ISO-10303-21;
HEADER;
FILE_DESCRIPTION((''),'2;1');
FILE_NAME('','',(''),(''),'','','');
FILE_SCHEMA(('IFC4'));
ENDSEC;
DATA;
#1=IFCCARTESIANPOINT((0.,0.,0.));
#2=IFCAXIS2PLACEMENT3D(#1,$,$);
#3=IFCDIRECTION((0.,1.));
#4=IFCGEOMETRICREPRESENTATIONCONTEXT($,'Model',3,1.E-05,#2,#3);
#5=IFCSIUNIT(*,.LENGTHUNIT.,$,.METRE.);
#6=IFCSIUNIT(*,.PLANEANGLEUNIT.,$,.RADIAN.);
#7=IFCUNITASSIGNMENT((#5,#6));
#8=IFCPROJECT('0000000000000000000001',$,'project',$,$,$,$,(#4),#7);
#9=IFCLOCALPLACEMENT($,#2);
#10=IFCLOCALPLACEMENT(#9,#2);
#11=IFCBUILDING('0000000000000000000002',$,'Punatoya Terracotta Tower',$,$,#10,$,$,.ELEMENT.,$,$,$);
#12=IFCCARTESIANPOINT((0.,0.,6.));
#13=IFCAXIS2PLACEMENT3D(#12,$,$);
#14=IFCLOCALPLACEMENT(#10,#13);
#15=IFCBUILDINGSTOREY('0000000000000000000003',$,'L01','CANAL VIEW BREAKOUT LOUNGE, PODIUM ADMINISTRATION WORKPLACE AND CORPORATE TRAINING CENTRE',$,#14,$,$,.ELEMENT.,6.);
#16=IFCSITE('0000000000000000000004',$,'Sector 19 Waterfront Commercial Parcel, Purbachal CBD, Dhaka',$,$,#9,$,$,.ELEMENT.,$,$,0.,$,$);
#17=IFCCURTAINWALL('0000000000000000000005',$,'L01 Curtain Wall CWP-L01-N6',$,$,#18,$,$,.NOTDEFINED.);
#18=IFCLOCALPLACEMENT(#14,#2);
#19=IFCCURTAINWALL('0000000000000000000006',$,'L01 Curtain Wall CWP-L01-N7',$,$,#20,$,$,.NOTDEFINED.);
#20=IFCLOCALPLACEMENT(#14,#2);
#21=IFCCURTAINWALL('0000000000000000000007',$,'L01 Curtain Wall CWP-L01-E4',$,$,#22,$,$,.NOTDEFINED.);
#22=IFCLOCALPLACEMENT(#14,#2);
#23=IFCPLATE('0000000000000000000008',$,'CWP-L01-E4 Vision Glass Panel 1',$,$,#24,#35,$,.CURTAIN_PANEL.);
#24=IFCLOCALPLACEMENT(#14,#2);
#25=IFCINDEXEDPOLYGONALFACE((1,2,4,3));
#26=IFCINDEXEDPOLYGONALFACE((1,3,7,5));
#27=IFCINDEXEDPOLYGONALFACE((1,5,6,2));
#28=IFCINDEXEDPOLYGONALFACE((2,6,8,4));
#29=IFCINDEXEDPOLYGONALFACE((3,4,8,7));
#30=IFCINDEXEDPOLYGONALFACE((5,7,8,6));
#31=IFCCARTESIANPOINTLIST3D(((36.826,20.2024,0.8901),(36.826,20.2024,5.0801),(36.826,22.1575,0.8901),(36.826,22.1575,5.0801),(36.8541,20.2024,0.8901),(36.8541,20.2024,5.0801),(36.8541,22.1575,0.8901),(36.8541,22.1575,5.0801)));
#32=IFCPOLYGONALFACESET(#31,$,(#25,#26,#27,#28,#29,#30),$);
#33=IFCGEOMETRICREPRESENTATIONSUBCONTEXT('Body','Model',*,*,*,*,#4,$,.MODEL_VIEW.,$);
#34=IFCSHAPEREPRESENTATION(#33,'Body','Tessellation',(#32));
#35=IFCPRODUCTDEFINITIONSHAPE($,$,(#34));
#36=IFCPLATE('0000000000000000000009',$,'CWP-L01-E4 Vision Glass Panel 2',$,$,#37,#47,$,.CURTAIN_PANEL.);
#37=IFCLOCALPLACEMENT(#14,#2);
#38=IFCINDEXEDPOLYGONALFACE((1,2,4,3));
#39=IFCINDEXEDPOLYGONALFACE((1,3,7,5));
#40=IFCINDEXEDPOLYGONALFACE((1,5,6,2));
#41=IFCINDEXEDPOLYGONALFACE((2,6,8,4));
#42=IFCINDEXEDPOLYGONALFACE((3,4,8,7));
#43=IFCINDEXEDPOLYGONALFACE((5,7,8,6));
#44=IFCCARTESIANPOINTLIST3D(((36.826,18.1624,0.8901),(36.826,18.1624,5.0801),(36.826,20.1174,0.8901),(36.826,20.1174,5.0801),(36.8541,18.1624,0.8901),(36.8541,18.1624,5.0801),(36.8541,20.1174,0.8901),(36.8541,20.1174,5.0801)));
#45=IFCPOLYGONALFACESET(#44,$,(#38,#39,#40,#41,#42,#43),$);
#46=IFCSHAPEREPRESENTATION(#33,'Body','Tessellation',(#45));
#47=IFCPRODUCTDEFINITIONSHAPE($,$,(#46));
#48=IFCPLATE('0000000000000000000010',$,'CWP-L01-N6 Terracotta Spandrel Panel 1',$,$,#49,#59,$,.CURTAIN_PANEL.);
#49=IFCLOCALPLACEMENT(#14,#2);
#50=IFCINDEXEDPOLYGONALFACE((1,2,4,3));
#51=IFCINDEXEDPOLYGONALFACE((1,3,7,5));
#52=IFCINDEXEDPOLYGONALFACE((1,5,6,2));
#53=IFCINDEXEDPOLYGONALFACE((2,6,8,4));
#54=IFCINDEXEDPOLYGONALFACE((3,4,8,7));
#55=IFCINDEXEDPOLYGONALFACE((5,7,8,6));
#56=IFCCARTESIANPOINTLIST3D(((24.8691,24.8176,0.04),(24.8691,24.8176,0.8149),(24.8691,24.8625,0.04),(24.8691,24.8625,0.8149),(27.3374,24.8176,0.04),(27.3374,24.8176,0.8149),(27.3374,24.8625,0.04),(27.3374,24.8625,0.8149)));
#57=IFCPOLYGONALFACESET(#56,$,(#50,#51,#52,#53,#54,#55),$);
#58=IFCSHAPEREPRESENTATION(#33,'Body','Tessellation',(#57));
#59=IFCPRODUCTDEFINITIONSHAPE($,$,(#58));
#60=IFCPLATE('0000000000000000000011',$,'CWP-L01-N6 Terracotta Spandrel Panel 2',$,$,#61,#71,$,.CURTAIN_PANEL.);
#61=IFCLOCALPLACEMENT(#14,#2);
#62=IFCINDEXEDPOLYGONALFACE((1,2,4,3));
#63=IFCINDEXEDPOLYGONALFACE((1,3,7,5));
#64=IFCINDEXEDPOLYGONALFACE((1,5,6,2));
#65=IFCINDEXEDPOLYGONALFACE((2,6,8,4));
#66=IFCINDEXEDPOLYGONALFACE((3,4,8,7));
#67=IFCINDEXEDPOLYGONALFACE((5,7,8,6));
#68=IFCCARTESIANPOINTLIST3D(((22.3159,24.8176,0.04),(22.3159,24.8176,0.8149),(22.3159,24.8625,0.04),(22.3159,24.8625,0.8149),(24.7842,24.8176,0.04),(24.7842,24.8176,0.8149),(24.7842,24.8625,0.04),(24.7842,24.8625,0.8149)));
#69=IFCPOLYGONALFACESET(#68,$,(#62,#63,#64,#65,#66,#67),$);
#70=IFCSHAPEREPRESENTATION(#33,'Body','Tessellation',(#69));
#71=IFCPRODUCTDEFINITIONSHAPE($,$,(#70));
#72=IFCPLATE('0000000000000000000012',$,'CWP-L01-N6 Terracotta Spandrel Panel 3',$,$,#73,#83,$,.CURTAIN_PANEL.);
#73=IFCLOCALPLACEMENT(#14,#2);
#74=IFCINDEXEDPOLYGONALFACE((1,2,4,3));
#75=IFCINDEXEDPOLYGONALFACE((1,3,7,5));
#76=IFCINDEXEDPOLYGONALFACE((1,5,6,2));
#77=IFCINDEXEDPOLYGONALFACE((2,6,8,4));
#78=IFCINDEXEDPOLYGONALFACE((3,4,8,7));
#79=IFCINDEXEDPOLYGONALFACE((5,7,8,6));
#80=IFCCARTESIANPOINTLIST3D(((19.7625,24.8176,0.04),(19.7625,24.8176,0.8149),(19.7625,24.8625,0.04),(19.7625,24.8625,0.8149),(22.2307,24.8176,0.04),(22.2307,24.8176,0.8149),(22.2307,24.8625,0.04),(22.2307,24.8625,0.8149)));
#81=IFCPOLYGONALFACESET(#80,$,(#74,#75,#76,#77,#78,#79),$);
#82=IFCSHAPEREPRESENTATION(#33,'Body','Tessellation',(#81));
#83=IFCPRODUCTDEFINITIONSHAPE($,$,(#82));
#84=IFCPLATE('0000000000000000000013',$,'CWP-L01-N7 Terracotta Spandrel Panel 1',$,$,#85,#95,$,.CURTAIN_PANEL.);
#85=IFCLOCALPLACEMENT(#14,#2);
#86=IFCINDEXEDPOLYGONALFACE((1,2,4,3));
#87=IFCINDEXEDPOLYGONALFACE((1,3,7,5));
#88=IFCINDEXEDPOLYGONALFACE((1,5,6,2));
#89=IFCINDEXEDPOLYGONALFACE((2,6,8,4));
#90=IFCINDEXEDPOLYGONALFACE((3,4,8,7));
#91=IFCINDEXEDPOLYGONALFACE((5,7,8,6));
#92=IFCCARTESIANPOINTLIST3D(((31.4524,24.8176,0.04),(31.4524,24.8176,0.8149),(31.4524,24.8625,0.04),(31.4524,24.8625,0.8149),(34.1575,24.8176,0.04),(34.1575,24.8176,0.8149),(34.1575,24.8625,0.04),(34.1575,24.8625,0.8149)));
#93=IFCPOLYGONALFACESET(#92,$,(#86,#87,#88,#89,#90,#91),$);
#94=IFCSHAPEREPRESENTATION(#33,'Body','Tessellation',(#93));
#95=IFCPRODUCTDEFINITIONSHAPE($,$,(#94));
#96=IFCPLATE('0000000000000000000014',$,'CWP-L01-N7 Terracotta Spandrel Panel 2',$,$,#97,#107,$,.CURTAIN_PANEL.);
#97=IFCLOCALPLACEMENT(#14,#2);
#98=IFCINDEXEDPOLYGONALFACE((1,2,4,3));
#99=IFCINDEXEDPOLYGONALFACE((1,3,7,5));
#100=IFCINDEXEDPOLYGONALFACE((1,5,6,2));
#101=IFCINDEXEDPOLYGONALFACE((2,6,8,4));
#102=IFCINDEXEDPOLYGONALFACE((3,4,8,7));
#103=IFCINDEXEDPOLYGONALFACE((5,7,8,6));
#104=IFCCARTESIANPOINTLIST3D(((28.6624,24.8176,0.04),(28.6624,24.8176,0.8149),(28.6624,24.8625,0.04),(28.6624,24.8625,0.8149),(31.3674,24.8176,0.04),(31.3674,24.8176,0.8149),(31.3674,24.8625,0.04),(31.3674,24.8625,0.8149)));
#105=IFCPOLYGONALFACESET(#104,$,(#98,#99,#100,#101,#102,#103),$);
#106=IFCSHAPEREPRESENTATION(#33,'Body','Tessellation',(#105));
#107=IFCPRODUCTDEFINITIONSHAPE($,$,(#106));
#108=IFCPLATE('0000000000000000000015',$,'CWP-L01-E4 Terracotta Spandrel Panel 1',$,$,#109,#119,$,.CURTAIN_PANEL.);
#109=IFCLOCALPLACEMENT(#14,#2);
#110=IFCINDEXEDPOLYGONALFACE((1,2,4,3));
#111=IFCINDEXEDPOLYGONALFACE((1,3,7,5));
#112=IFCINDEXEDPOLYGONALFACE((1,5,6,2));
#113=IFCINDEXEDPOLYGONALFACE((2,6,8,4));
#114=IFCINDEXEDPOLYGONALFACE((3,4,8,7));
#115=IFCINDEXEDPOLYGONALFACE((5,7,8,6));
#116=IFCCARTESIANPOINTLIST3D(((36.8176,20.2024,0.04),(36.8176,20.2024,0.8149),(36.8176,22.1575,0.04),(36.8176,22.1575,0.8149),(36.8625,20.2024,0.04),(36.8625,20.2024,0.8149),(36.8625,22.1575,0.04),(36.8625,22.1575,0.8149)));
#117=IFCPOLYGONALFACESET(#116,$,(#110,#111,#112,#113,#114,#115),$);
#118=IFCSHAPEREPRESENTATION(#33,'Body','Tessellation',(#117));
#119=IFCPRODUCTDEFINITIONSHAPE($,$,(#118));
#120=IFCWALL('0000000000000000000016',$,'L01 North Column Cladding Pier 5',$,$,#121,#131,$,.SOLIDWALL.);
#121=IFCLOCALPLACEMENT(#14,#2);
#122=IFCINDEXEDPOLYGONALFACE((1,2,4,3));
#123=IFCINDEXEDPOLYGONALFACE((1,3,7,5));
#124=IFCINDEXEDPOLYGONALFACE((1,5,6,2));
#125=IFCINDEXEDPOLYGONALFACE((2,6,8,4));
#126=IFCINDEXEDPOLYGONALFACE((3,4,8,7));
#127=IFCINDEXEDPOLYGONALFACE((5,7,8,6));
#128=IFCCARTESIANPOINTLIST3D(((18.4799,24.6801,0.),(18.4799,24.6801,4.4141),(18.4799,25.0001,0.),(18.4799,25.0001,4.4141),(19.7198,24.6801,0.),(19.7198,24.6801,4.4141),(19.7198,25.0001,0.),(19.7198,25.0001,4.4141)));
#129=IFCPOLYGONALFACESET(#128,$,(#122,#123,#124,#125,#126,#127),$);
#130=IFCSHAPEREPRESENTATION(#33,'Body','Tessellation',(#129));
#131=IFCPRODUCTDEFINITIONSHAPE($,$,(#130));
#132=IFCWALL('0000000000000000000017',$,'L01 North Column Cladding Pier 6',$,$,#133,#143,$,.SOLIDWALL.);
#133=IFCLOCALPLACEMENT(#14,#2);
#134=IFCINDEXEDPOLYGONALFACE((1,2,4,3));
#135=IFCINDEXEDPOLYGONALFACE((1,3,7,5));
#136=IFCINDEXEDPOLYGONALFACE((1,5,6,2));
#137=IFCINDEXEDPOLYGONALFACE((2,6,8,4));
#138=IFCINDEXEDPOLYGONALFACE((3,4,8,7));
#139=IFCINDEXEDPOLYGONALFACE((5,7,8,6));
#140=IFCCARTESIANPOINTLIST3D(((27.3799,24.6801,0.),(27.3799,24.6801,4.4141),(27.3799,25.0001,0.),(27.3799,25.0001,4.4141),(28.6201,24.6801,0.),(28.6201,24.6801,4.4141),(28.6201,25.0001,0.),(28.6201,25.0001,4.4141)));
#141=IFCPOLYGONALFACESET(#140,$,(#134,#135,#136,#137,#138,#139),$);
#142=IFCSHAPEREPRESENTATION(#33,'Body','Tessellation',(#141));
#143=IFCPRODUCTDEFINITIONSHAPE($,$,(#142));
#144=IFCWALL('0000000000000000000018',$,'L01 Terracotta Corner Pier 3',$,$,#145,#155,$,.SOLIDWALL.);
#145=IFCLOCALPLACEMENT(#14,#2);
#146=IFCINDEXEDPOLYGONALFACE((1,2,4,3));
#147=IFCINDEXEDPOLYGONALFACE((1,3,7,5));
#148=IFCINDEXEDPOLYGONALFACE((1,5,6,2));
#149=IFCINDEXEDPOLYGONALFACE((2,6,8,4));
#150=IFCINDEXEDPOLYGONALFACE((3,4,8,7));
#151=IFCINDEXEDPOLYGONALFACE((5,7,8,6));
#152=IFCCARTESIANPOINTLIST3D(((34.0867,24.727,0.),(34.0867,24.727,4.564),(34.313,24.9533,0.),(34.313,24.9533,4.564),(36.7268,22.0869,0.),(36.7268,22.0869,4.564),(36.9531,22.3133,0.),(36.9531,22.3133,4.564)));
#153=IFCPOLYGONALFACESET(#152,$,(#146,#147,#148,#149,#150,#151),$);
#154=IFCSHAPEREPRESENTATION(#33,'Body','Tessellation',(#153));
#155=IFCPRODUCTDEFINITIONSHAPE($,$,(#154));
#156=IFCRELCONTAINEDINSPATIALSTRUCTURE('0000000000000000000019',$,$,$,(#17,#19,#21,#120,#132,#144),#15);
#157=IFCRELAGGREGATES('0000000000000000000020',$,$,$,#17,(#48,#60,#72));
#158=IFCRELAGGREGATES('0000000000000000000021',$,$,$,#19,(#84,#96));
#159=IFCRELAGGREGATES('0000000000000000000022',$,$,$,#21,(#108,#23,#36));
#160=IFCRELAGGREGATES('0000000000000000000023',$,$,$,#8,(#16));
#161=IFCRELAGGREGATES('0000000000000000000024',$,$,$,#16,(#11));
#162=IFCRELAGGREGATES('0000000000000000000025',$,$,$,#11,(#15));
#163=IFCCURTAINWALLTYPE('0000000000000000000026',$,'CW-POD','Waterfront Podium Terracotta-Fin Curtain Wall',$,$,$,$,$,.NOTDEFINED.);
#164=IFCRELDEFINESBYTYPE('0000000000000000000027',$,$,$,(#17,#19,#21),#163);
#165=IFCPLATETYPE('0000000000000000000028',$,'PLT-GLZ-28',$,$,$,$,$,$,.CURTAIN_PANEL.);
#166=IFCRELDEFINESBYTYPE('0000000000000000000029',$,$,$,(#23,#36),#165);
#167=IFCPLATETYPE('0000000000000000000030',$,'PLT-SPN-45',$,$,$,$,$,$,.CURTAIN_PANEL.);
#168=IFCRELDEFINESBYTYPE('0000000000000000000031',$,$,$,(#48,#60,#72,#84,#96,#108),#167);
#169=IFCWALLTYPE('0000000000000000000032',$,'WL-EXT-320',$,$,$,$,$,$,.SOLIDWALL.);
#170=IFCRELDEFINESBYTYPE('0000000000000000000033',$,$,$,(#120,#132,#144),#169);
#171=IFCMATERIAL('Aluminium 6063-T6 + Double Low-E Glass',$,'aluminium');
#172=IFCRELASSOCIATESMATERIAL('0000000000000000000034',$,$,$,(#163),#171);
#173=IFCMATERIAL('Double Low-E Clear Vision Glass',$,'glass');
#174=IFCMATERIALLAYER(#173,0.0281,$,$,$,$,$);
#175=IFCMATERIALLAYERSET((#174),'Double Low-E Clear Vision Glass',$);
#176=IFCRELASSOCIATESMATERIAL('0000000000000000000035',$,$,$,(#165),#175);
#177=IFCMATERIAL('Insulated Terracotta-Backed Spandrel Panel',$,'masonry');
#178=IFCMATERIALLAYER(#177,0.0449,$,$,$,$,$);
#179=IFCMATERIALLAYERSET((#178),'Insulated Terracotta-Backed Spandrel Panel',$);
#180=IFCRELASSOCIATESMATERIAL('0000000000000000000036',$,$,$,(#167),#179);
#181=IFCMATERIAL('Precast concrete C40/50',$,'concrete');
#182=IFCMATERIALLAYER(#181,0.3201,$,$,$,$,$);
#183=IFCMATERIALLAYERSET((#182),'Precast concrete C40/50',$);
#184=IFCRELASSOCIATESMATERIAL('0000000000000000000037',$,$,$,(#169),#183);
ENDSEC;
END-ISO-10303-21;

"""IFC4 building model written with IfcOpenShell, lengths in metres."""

from ifc_helpers import new_model, si_unit, direction, frame, frame_2d, origin, origin_2d, place, context, subcontext, project, spatial, rectangle, extrude, material, layer, layer_set, type_object, element, aggregate, save


model = new_model("IFC4")

# Units and contexts
model_context = context("Model", 3, precision=1e-05, world=origin(), true_north=direction((0.0, 1.0)))
body_context = subcontext(model_context, "Body", "Model", "MODEL_VIEW")
ifc_project = project(units=[si_unit("LENGTHUNIT", "METRE"), si_unit("PLANEANGLEUNIT", "RADIAN")], contexts=[model_context])

# Site, building, storey
site_placement = place(None, origin())
site = spatial("IfcSite", under=ifc_project, at=site_placement, Name="Sector 19 Waterfront Commercial Parcel, Purbachal CBD, Dhaka", CompositionType="ELEMENT", RefElevation=0.0)
building_placement = place(site_placement, origin())
building = spatial("IfcBuilding", under=site, at=building_placement, Name="Punatoya Terracotta Tower", CompositionType="ELEMENT")
storey_placement = place(building_placement, frame((0.0, 0.0, 6.0)))
storey = spatial("IfcBuildingStorey", under=building, at=storey_placement, Name="L01", Description="CANAL VIEW BREAKOUT LOUNGE, PODIUM ADMINISTRATION WORKPLACE AND CORPORATE TRAINING CENTRE", CompositionType="ELEMENT", Elevation=6.0)

# Curtain walls
ifc_material_1 = material(Name="Aluminium 6063-T6 + Double Low-E Glass", Category="aluminium")
curtain_wall_type = type_object("IfcCurtainWallType", Name="CW-POD", Description="Waterfront Podium Terracotta-Fin Curtain Wall", PredefinedType="NOTDEFINED", material=ifc_material_1)
curtain_wall_1_placement = place(storey_placement, origin())
curtain_wall_1 = element("IfcCurtainWall", 1, at=curtain_wall_1_placement, inside=storey, type_object=curtain_wall_type, Name="L01 Curtain Wall CWP-L01-N6", PredefinedType="NOTDEFINED")
curtain_wall_2_placement = place(storey_placement, origin())
curtain_wall_2 = element("IfcCurtainWall", 2, at=curtain_wall_2_placement, inside=storey, type_object=curtain_wall_type, Name="L01 Curtain Wall CWP-L01-N7", PredefinedType="NOTDEFINED")
curtain_wall_3_placement = place(storey_placement, origin())
curtain_wall_3 = element("IfcCurtainWall", 3, at=curtain_wall_3_placement, inside=storey, type_object=curtain_wall_type, Name="L01 Curtain Wall CWP-L01-E4", PredefinedType="NOTDEFINED")

# Plates
ifc_material_2 = material(Name="Double Low-E Clear Vision Glass", Category="glass")
ifc_layer_1 = layer(ifc_material_2, 0.0281)
ifc_layer_set_1 = layer_set([ifc_layer_1], Name="Double Low-E Clear Vision Glass")
plate_type_1 = type_object("IfcPlateType", Name="PLT-GLZ-28", PredefinedType="CURTAIN_PANEL", material=ifc_layer_set_1)
plate_1_placement = place(storey_placement, frame((36.8401, 21.1799, 0.8901), z_axis=(0.0, 0.0, 1.0), x_axis=(0.0, -1.0, 0.0)))
plate_1 = element("IfcPlate", 4, at=plate_1_placement, type_object=plate_type_1, Name="CWP-L01-E4 Vision Glass Panel 1", PredefinedType="CURTAIN_PANEL", context=body_context, shape_type="SweptSolid", body=[
    extrude(rectangle(XDim=1.9551, YDim=0.0281, at=origin_2d()), origin(), (0.0, 0.0, 1.0), 4.1899),
])
plate_2_placement = place(storey_placement, frame((36.8401, 19.1399, 0.8901), z_axis=(0.0, 0.0, 1.0), x_axis=(0.0, -1.0, 0.0)))
plate_2 = element("IfcPlate", 5, at=plate_2_placement, type_object=plate_type_1, Name="CWP-L01-E4 Vision Glass Panel 2", PredefinedType="CURTAIN_PANEL", context=body_context, shape_type="SweptSolid", body=[
    extrude(rectangle(XDim=1.9551, YDim=0.0281, at=origin_2d()), origin(), (0.0, 0.0, 1.0), 4.1899),
])
ifc_material_3 = material(Name="Insulated Terracotta-Backed Spandrel Panel", Category="masonry")
ifc_layer_2 = layer(ifc_material_3, 0.0449)
ifc_layer_set_2 = layer_set([ifc_layer_2], Name="Insulated Terracotta-Backed Spandrel Panel")
plate_type_2 = type_object("IfcPlateType", Name="PLT-SPN-45", PredefinedType="CURTAIN_PANEL", material=ifc_layer_set_2)
plate_3_placement = place(storey_placement, frame((26.1033, 24.8401, 0.04), z_axis=(0.0, 0.0, 1.0), x_axis=(-1.0, 0.0, 0.0)))
plate_3 = element("IfcPlate", 6, at=plate_3_placement, type_object=plate_type_2, Name="CWP-L01-N6 Terracotta Spandrel Panel 1", PredefinedType="CURTAIN_PANEL", context=body_context, shape_type="SweptSolid", body=[
    extrude(rectangle(XDim=2.4683, YDim=0.0449, at=origin_2d()), origin(), (0.0, 0.0, 1.0), 0.7749),
])
plate_4_placement = place(storey_placement, frame((23.55, 24.8401, 0.04), z_axis=(0.0, 0.0, 1.0), x_axis=(-1.0, 0.0, 0.0)))
plate_4 = element("IfcPlate", 7, at=plate_4_placement, type_object=plate_type_2, Name="CWP-L01-N6 Terracotta Spandrel Panel 2", PredefinedType="CURTAIN_PANEL", context=body_context, shape_type="SweptSolid", body=[
    extrude(rectangle(XDim=2.4683, YDim=0.0449, at=origin_2d()), origin(), (0.0, 0.0, 1.0), 0.7749),
])
plate_5_placement = place(storey_placement, frame((20.9966, 24.8401, 0.04), z_axis=(0.0, 0.0, 1.0), x_axis=(-1.0, 0.0, 0.0)))
plate_5 = element("IfcPlate", 8, at=plate_5_placement, type_object=plate_type_2, Name="CWP-L01-N6 Terracotta Spandrel Panel 3", PredefinedType="CURTAIN_PANEL", context=body_context, shape_type="SweptSolid", body=[
    extrude(rectangle(XDim=2.4683, YDim=0.0449, at=origin_2d()), origin(), (0.0, 0.0, 1.0), 0.7749),
])
aggregate(curtain_wall_1, [plate_3, plate_4, plate_5])
plate_6_placement = place(storey_placement, frame((32.8049, 24.8401, 0.04), z_axis=(0.0, 0.0, 1.0), x_axis=(-1.0, 0.0, 0.0)))
plate_6 = element("IfcPlate", 9, at=plate_6_placement, type_object=plate_type_2, Name="CWP-L01-N7 Terracotta Spandrel Panel 1", PredefinedType="CURTAIN_PANEL", context=body_context, shape_type="SweptSolid", body=[
    extrude(rectangle(XDim=2.7051, YDim=0.0449, at=origin_2d()), origin(), (0.0, 0.0, 1.0), 0.7749),
])
plate_7_placement = place(storey_placement, frame((30.0149, 24.8401, 0.04), z_axis=(0.0, 0.0, 1.0), x_axis=(-1.0, 0.0, 0.0)))
plate_7 = element("IfcPlate", 10, at=plate_7_placement, type_object=plate_type_2, Name="CWP-L01-N7 Terracotta Spandrel Panel 2", PredefinedType="CURTAIN_PANEL", context=body_context, shape_type="SweptSolid", body=[
    extrude(rectangle(XDim=2.7051, YDim=0.0449, at=origin_2d()), origin(), (0.0, 0.0, 1.0), 0.7749),
])
aggregate(curtain_wall_2, [plate_6, plate_7])
plate_8_placement = place(storey_placement, frame((36.8401, 21.1799, 0.04), z_axis=(0.0, 0.0, 1.0), x_axis=(0.0, -1.0, 0.0)))
plate_8 = element("IfcPlate", 11, at=plate_8_placement, type_object=plate_type_2, Name="CWP-L01-E4 Terracotta Spandrel Panel 1", PredefinedType="CURTAIN_PANEL", context=body_context, shape_type="SweptSolid", body=[
    extrude(rectangle(XDim=1.9551, YDim=0.0449, at=origin_2d()), origin(), (0.0, 0.0, 1.0), 0.7749),
])
aggregate(curtain_wall_3, [plate_8, plate_1, plate_2])

# Walls
ifc_material_4 = material(Name="Precast concrete C40/50", Category="concrete")
ifc_layer_3 = layer(ifc_material_4, 0.3201)
ifc_layer_set_3 = layer_set([ifc_layer_3], Name="Precast concrete C40/50")
wall_type = type_object("IfcWallType", Name="WL-EXT-320", PredefinedType="SOLIDWALL", material=ifc_layer_set_3)
wall_1_placement = place(storey_placement, frame((19.72, 24.8401, 0.0), z_axis=(0.0, 0.0, 1.0), x_axis=(-1.0, 0.0, 0.0)))
element("IfcWall", 12, at=wall_1_placement, inside=storey, type_object=wall_type, Name="L01 North Column Cladding Pier 5", PredefinedType="SOLIDWALL", context=body_context, shape_type="SweptSolid", body=[
    extrude(rectangle(XDim=1.24, YDim=0.3201, at=frame_2d((0.6201, 0.0))), origin(), (0.0, 0.0, 1.0), 4.4141),
])
wall_2_placement = place(storey_placement, frame((28.6201, 24.8401, 0.0), z_axis=(0.0, 0.0, 1.0), x_axis=(-1.0, 0.0, 0.0)))
element("IfcWall", 13, at=wall_2_placement, inside=storey, type_object=wall_type, Name="L01 North Column Cladding Pier 6", PredefinedType="SOLIDWALL", context=body_context, shape_type="SweptSolid", body=[
    extrude(rectangle(XDim=1.2402, YDim=0.3201, at=frame_2d((0.6201, 0.0))), origin(), (0.0, 0.0, 1.0), 4.4141),
])
wall_3_placement = place(storey_placement, frame((34.2, 24.8401, 0.0), z_axis=(0.0, 0.0, 1.0), x_axis=(0.707107, -0.707107, 0.0)))
element("IfcWall", 14, at=wall_3_placement, inside=storey, type_object=wall_type, Name="L01 Terracotta Corner Pier 3", PredefinedType="SOLIDWALL", context=body_context, shape_type="SweptSolid", body=[
    extrude(rectangle(XDim=3.7336, YDim=0.3201, at=frame_2d((1.8667, 0.0))), origin(), (0.0, 0.0, 1.0), 4.564),
])

save(model, "model.ifc")
